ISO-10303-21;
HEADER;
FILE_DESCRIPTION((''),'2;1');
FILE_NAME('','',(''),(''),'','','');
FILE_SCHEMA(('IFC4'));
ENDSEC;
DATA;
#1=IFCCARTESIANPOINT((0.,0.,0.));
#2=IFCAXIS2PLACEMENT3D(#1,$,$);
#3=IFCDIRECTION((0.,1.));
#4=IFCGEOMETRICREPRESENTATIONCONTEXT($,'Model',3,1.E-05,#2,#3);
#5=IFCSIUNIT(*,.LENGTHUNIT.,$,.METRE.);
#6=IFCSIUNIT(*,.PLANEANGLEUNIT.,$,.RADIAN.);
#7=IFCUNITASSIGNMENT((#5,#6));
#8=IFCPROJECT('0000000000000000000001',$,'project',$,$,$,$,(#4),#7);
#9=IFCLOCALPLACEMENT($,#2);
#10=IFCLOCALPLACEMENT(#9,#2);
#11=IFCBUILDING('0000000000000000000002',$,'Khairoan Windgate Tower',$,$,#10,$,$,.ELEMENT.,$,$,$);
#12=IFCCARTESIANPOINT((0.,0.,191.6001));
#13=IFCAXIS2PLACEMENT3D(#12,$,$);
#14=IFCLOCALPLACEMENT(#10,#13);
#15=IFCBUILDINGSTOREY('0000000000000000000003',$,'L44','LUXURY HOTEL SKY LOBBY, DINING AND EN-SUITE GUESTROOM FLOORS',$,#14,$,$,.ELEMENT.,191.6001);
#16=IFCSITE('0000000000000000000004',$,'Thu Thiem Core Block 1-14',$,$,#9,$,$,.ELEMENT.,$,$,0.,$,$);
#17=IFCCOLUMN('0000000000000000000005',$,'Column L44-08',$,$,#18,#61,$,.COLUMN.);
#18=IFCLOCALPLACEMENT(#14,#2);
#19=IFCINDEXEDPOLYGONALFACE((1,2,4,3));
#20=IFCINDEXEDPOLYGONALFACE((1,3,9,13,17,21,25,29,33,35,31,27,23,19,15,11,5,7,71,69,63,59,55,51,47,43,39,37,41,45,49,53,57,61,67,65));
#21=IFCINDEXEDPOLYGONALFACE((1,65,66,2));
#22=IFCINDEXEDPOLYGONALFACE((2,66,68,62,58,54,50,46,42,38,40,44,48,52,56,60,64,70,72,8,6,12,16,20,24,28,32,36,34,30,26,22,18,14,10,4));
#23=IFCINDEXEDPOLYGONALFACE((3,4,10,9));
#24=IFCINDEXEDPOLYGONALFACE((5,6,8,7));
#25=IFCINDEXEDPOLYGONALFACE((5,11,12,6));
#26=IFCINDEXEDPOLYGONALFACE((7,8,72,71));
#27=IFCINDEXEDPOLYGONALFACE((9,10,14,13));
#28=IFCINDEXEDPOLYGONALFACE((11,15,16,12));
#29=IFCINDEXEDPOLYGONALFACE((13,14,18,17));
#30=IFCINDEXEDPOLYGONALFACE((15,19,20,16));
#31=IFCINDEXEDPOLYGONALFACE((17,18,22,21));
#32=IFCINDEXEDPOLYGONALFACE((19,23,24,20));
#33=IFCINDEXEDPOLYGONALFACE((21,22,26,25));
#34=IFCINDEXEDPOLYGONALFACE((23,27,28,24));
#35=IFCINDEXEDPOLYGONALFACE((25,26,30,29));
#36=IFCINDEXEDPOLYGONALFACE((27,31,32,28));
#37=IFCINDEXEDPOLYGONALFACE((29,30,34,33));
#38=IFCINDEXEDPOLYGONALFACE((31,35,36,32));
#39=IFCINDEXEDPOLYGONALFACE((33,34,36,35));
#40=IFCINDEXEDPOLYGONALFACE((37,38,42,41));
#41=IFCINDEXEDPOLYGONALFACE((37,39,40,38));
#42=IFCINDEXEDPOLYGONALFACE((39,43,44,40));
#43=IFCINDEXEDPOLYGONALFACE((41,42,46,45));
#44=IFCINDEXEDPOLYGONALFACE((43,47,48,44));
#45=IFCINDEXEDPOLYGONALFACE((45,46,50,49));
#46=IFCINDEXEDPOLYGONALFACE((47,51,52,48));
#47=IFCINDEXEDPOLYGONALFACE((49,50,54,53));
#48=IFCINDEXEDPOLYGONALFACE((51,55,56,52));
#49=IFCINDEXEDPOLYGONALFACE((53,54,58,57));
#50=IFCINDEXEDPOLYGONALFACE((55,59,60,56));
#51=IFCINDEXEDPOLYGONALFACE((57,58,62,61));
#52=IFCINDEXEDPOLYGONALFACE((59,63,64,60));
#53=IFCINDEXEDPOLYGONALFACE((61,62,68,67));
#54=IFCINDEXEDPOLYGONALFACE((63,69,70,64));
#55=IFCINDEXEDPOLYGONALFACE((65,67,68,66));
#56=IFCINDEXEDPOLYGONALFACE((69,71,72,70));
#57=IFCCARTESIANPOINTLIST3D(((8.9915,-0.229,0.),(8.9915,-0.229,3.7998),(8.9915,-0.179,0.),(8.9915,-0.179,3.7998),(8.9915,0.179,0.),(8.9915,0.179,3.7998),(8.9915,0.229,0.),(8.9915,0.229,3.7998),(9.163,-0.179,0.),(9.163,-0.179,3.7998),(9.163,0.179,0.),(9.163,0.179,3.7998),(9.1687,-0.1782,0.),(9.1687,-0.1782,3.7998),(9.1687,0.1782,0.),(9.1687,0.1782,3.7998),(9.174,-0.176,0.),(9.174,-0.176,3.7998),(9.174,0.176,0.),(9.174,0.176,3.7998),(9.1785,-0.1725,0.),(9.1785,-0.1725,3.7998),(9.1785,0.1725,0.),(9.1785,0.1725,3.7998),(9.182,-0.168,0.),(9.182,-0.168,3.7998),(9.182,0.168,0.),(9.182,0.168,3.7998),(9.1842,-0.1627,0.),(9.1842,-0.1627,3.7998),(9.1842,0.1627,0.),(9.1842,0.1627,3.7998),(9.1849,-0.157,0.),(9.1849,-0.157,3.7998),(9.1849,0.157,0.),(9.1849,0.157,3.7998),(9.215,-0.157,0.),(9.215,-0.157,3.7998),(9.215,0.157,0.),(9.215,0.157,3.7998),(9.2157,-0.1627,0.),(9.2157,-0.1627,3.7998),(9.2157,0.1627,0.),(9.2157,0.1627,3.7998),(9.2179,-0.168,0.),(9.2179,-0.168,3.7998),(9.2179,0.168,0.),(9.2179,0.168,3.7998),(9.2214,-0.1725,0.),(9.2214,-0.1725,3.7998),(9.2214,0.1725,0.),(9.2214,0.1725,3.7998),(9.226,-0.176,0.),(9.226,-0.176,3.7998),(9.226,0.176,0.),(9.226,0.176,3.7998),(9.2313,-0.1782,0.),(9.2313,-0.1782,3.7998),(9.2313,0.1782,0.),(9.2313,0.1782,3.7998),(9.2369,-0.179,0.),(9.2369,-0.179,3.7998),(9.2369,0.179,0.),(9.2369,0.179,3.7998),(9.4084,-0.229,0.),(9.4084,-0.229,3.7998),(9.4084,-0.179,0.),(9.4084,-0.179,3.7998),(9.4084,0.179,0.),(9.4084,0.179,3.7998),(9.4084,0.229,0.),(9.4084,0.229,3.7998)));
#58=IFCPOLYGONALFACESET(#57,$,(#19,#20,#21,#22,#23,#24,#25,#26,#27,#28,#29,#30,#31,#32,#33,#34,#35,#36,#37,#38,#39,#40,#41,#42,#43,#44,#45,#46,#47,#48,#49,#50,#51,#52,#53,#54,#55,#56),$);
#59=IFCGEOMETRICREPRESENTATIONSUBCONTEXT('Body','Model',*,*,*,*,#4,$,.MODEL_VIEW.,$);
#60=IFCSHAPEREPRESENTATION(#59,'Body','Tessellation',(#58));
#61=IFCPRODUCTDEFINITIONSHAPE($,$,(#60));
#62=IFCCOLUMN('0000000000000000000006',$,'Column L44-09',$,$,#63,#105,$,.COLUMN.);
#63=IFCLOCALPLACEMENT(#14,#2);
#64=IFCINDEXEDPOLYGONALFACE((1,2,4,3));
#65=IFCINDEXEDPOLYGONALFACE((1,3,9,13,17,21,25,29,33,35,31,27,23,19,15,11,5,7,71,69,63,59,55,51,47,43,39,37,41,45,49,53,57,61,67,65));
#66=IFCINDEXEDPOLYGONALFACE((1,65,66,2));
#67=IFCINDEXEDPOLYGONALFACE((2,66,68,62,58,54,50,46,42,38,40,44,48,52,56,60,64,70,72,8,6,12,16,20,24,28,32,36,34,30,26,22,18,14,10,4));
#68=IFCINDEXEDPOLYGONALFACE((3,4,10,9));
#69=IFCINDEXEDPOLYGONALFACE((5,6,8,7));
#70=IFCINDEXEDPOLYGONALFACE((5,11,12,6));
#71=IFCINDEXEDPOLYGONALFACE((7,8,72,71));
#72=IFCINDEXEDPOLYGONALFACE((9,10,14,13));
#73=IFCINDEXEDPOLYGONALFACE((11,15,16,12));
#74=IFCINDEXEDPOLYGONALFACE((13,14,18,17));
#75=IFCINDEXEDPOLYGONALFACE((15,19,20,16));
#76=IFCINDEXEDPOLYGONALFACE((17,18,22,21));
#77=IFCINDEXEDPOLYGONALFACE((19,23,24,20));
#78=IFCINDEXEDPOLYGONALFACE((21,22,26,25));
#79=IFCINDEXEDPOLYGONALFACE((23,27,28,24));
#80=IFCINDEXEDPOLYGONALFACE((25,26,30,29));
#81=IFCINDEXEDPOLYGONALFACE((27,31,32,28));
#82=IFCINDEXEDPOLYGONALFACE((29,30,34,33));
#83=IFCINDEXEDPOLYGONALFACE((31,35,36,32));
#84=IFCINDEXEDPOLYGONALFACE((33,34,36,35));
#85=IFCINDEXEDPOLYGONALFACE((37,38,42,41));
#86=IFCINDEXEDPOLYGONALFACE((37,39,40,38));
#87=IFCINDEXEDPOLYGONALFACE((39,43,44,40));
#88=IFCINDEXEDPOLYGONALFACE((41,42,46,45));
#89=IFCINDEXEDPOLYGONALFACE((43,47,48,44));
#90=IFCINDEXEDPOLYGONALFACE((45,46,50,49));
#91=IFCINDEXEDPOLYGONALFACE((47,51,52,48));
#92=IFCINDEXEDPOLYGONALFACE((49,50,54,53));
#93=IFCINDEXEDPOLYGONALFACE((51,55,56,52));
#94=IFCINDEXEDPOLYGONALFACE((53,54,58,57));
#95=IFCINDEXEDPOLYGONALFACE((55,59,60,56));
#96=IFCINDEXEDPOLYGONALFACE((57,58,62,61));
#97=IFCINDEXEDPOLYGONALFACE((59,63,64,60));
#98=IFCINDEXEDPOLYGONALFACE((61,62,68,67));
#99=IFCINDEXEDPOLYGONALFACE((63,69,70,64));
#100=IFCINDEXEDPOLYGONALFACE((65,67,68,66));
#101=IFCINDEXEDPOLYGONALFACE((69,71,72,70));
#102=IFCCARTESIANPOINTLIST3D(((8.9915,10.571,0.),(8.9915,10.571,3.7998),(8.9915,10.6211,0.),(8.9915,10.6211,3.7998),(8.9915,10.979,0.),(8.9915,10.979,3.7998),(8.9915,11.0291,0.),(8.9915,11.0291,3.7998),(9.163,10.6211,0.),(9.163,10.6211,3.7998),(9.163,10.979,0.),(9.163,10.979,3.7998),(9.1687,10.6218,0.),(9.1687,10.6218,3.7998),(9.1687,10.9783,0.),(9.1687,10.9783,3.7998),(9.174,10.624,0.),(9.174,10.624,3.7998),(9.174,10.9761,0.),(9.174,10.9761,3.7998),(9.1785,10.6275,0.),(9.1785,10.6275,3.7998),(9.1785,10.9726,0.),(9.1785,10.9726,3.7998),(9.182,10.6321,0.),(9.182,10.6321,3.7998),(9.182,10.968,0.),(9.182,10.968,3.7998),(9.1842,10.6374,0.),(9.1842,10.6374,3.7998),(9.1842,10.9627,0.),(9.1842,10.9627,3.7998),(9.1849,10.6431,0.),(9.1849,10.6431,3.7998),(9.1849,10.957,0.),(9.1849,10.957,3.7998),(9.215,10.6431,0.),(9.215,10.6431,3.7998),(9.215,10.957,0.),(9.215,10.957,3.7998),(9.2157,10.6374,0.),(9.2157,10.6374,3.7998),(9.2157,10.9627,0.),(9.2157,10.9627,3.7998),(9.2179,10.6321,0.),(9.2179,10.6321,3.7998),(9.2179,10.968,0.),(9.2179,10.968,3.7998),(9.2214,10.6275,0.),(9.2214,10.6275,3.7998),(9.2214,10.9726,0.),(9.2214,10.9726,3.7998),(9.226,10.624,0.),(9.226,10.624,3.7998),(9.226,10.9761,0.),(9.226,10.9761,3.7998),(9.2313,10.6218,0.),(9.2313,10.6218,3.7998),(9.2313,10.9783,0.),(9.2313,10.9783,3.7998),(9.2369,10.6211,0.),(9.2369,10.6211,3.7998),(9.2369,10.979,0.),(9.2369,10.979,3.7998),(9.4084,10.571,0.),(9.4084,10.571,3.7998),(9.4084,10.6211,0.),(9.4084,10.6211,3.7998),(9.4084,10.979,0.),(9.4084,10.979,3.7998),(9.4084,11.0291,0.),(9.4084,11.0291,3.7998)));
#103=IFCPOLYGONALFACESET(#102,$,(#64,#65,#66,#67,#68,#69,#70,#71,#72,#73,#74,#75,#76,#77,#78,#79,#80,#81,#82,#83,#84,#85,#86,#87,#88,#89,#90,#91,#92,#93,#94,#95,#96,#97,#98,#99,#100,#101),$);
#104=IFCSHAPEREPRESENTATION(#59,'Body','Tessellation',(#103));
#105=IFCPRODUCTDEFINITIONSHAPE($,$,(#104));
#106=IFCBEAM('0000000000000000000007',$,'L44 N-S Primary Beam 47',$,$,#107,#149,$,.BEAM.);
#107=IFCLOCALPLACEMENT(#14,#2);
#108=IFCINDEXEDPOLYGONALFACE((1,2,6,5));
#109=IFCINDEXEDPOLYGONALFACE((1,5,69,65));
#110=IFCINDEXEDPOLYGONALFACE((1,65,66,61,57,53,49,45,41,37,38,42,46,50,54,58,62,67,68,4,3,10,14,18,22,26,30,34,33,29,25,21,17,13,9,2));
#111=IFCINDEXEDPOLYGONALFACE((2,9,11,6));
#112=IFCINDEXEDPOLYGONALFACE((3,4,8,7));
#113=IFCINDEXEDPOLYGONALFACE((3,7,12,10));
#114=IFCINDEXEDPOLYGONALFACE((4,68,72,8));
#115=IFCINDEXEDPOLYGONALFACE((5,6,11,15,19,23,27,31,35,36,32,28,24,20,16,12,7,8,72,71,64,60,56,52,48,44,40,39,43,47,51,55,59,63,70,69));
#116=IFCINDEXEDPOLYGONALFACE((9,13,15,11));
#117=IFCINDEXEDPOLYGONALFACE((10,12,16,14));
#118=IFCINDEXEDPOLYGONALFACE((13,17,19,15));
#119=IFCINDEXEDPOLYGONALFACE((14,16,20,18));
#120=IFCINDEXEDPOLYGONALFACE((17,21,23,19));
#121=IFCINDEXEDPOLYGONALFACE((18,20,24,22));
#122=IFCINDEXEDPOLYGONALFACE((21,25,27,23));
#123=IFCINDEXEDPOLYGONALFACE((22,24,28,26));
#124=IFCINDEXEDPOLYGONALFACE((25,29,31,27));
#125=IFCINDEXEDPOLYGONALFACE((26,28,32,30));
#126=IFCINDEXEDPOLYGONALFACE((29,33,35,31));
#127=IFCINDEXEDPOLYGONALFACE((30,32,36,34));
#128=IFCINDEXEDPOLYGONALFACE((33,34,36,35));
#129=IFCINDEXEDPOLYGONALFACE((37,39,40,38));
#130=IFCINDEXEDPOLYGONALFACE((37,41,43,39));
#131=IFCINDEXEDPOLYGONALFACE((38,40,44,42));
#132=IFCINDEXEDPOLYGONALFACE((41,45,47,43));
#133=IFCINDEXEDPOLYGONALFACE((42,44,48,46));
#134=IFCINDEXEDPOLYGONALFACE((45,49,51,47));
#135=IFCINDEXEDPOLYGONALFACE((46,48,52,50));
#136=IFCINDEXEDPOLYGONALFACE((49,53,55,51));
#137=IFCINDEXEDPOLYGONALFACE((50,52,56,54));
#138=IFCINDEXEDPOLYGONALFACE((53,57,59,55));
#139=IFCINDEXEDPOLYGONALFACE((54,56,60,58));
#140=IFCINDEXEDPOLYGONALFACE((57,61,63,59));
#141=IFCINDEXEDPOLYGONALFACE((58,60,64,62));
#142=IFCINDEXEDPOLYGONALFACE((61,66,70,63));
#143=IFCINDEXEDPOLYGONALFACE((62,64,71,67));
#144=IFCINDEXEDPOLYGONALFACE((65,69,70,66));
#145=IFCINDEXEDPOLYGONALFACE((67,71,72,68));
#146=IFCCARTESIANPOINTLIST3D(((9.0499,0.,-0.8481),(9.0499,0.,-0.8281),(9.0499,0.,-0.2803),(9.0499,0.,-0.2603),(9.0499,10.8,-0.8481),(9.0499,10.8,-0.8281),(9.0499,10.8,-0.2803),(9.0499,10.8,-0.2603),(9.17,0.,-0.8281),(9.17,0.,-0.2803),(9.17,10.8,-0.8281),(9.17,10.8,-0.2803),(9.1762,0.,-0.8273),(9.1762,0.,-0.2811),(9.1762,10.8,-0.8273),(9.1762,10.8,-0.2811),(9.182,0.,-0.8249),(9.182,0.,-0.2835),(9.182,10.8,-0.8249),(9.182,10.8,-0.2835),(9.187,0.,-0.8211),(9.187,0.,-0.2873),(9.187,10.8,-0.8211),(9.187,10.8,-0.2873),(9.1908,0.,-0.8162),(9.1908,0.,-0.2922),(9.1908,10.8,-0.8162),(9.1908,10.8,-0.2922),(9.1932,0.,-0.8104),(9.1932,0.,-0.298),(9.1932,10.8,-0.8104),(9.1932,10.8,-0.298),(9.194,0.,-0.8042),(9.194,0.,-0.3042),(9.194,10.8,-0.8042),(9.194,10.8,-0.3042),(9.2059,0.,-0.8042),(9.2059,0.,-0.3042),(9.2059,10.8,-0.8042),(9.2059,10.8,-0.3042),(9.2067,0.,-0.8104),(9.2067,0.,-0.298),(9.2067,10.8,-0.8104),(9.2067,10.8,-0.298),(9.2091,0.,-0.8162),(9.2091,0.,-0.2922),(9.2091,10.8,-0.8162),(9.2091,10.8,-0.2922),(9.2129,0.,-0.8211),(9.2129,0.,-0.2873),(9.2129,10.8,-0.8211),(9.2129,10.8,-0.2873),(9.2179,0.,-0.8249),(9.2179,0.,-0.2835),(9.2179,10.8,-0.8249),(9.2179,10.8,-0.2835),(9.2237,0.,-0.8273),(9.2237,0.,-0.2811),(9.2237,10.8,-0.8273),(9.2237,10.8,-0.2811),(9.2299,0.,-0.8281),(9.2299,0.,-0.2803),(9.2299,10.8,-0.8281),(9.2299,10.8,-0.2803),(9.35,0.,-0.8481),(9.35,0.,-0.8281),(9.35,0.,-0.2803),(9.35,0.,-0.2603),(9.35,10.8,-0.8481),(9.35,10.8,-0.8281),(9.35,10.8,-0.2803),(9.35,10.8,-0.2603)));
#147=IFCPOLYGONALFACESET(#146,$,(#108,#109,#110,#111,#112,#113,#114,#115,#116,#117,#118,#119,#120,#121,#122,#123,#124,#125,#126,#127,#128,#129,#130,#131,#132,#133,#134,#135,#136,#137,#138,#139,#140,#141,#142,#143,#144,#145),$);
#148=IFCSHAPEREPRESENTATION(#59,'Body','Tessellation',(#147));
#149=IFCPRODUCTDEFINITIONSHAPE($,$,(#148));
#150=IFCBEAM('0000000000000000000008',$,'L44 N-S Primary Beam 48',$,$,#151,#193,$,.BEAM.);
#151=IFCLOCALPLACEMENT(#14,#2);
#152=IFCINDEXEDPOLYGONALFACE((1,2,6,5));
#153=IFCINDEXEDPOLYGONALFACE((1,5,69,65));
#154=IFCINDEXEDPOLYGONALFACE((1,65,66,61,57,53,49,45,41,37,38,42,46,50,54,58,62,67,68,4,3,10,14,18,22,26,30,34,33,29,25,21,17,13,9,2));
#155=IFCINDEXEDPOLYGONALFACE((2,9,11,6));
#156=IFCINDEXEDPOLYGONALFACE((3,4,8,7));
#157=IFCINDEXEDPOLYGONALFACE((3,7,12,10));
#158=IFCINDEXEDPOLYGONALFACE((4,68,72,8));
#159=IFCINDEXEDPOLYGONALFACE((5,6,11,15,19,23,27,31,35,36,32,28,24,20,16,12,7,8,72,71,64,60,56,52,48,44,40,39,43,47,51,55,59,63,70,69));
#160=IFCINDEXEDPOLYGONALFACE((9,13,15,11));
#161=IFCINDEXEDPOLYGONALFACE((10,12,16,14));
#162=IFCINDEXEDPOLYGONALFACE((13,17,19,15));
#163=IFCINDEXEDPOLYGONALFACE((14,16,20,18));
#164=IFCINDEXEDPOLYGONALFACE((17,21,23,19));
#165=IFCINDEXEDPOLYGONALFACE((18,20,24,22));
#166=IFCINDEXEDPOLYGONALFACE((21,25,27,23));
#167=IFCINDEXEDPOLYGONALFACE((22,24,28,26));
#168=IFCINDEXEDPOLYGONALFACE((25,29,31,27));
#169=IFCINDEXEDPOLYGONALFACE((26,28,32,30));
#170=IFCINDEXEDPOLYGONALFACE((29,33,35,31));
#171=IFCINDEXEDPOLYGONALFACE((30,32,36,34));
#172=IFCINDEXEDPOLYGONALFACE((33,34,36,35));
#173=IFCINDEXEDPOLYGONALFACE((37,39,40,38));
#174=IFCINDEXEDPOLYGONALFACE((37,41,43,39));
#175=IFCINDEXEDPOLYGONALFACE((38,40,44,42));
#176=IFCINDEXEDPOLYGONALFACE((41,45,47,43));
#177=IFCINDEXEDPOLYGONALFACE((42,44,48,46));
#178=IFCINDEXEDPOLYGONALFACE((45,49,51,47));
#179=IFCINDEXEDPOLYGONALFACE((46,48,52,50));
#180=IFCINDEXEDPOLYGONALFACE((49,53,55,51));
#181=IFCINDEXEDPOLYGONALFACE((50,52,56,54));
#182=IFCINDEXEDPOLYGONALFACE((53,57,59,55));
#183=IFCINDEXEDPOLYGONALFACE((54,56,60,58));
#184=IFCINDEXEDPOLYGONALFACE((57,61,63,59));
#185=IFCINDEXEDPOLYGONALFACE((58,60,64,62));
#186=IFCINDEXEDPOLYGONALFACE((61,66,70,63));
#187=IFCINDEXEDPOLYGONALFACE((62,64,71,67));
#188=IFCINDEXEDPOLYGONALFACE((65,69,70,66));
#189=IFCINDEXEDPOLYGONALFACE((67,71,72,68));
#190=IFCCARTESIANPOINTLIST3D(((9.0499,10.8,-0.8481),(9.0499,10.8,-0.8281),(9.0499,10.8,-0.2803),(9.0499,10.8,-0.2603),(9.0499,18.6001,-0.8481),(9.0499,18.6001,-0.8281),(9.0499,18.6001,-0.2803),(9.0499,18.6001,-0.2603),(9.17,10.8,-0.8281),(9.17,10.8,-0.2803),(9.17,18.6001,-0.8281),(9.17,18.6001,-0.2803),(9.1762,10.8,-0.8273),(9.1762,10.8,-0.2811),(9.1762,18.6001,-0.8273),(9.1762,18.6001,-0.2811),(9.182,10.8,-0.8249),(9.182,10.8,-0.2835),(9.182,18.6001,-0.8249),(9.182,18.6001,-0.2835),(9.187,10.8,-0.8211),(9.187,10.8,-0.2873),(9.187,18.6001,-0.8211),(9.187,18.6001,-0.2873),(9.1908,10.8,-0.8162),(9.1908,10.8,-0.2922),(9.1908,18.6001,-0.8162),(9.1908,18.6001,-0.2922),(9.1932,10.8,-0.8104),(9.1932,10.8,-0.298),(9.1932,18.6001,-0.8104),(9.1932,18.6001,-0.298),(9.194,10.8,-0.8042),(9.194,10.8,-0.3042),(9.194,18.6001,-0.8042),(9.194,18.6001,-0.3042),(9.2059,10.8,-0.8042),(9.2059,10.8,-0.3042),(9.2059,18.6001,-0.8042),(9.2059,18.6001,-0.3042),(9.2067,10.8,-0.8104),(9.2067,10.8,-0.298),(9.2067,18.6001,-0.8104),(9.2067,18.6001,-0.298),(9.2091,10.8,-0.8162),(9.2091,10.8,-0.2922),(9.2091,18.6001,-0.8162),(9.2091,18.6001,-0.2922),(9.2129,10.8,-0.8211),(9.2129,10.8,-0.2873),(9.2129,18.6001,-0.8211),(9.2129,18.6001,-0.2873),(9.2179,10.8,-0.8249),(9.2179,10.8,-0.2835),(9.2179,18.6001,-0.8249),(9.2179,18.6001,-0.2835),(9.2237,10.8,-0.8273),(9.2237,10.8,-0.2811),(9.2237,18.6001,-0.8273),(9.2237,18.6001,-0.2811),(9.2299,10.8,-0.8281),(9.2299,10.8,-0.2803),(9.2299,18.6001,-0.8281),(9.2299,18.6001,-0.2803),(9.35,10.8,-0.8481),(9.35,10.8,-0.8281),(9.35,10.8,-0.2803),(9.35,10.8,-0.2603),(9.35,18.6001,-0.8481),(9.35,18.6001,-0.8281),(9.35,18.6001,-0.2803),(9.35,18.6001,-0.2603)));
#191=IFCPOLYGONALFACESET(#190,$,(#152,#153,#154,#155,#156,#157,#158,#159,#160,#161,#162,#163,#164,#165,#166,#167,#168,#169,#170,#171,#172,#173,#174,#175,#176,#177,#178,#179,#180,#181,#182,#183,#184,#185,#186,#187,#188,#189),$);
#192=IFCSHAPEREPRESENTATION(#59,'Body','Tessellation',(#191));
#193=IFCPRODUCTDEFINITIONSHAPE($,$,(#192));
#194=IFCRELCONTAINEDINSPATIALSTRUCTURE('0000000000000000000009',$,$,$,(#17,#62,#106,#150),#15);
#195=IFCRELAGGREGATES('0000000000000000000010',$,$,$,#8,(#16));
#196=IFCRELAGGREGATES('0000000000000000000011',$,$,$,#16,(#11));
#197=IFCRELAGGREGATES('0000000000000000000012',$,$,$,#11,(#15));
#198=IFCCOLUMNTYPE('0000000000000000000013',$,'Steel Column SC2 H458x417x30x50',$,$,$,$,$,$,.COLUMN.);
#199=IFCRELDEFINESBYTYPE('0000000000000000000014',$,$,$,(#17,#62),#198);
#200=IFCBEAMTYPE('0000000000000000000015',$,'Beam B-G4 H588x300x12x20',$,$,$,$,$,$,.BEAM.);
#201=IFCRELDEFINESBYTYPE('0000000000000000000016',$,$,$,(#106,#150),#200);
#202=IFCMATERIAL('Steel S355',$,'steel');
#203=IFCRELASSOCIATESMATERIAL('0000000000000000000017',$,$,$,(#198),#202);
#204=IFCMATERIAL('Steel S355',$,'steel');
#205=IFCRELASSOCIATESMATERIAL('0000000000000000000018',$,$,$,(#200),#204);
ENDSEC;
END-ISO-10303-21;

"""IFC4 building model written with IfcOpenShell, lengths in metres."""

from ifc_helpers import new_model, si_unit, direction, frame, origin, origin_2d, place, context, subcontext, project, spatial, i_section, extrude, material, material_profile, profile_set, type_object, element, save


model = new_model("IFC4")

# Units and contexts
model_context = context("Model", 3, precision=1e-05, world=origin(), true_north=direction((0.0, 1.0)))
body_context = subcontext(model_context, "Body", "Model", "MODEL_VIEW")
ifc_project = project(units=[si_unit("LENGTHUNIT", "METRE"), si_unit("PLANEANGLEUNIT", "RADIAN")], contexts=[model_context])

# Site, building, storey
site_placement = place(None, origin())
site = spatial("IfcSite", under=ifc_project, at=site_placement, Name="Thu Thiem Core Block 1-14", CompositionType="ELEMENT", RefElevation=0.0)
building_placement = place(site_placement, origin())
building = spatial("IfcBuilding", under=site, at=building_placement, Name="Khairoan Windgate Tower", CompositionType="ELEMENT")
storey_placement = place(building_placement, frame((0.0, 0.0, 191.6001)))
storey = spatial("IfcBuildingStorey", under=building, at=storey_placement, Name="L44", Description="LUXURY HOTEL SKY LOBBY, DINING AND EN-SUITE GUESTROOM FLOORS", CompositionType="ELEMENT", Elevation=191.6001)

# Columns
ifc_material_1 = material(Name="Steel S355", Category="steel")
ifc_material_profile_1 = material_profile(ifc_material_1, i_section(OverallWidth=0.417, OverallDepth=0.458, WebThickness=0.03, FlangeThickness=0.05, FilletRadius=0.022, at=origin_2d()))
ifc_profile_set_1 = profile_set([ifc_material_profile_1], Name="Steel S355")
column_type = type_object("IfcColumnType", Name="Steel Column SC2 H458x417x30x50", PredefinedType="COLUMN", material=ifc_profile_set_1)
for number, where, z_axis, x_axis, name in (
    (1, (9.2, 0.0, 0.0), (0.0, 0.0, 1.0), (1.0, 0.0, 0.0), "Column L44-08"),
    (2, (9.2, 10.8, 0.0), (0.0, 0.0, 1.0), (1.0, 0.0, 0.0), "Column L44-09"),
):
    element("IfcColumn", number, at=place(storey_placement, frame(where, z_axis=z_axis, x_axis=x_axis)), inside=storey, type_object=column_type, Name=name, PredefinedType="COLUMN", context=body_context, shape_type="SweptSolid", body=[
        extrude(i_section(OverallWidth=0.417, OverallDepth=0.458, WebThickness=0.03, FlangeThickness=0.05, FilletRadius=0.022, at=origin_2d()), origin(), (0.0, 0.0, 1.0), 3.7998),
    ])

# Beams
ifc_material_2 = material(Name="Steel S355", Category="steel")
ifc_material_profile_2 = material_profile(ifc_material_2, i_section(OverallWidth=0.3, OverallDepth=0.5879, WebThickness=0.012, FlangeThickness=0.02, FilletRadius=0.0239, at=origin_2d()))
ifc_profile_set_2 = profile_set([ifc_material_profile_2], Name="Steel S355")
beam_type_1 = type_object("IfcBeamType", Name="Beam B-G4 H588x300x12x20", PredefinedType="BEAM", material=ifc_profile_set_2)
beam_1_placement = place(storey_placement, frame((9.2, 0.0, -0.5542), z_axis=(0.0, 1.0, 0.0), x_axis=(-1.0, 0.0, 0.0)))
element("IfcBeam", 3, at=beam_1_placement, inside=storey, type_object=beam_type_1, Name="L44 N-S Primary Beam 47", PredefinedType="BEAM", context=body_context, shape_type="SweptSolid", body=[
    extrude(i_section(OverallWidth=0.3, OverallDepth=0.5879, WebThickness=0.012, FlangeThickness=0.02, FilletRadius=0.0239, at=origin_2d()), origin(), (0.0, 0.0, 1.0), 10.8),
])
beam_2_placement = place(storey_placement, frame((9.2, 10.8, -0.5542), z_axis=(0.0, 1.0, 0.0), x_axis=(-1.0, 0.0, 0.0)))
element("IfcBeam", 4, at=beam_2_placement, inside=storey, type_object=beam_type_1, Name="L44 N-S Primary Beam 48", PredefinedType="BEAM", context=body_context, shape_type="SweptSolid", body=[
    extrude(i_section(OverallWidth=0.3, OverallDepth=0.5879, WebThickness=0.012, FlangeThickness=0.02, FilletRadius=0.0239, at=origin_2d()), origin(), (0.0, 0.0, 1.0), 7.8),
])

save(model, "model.ifc")
